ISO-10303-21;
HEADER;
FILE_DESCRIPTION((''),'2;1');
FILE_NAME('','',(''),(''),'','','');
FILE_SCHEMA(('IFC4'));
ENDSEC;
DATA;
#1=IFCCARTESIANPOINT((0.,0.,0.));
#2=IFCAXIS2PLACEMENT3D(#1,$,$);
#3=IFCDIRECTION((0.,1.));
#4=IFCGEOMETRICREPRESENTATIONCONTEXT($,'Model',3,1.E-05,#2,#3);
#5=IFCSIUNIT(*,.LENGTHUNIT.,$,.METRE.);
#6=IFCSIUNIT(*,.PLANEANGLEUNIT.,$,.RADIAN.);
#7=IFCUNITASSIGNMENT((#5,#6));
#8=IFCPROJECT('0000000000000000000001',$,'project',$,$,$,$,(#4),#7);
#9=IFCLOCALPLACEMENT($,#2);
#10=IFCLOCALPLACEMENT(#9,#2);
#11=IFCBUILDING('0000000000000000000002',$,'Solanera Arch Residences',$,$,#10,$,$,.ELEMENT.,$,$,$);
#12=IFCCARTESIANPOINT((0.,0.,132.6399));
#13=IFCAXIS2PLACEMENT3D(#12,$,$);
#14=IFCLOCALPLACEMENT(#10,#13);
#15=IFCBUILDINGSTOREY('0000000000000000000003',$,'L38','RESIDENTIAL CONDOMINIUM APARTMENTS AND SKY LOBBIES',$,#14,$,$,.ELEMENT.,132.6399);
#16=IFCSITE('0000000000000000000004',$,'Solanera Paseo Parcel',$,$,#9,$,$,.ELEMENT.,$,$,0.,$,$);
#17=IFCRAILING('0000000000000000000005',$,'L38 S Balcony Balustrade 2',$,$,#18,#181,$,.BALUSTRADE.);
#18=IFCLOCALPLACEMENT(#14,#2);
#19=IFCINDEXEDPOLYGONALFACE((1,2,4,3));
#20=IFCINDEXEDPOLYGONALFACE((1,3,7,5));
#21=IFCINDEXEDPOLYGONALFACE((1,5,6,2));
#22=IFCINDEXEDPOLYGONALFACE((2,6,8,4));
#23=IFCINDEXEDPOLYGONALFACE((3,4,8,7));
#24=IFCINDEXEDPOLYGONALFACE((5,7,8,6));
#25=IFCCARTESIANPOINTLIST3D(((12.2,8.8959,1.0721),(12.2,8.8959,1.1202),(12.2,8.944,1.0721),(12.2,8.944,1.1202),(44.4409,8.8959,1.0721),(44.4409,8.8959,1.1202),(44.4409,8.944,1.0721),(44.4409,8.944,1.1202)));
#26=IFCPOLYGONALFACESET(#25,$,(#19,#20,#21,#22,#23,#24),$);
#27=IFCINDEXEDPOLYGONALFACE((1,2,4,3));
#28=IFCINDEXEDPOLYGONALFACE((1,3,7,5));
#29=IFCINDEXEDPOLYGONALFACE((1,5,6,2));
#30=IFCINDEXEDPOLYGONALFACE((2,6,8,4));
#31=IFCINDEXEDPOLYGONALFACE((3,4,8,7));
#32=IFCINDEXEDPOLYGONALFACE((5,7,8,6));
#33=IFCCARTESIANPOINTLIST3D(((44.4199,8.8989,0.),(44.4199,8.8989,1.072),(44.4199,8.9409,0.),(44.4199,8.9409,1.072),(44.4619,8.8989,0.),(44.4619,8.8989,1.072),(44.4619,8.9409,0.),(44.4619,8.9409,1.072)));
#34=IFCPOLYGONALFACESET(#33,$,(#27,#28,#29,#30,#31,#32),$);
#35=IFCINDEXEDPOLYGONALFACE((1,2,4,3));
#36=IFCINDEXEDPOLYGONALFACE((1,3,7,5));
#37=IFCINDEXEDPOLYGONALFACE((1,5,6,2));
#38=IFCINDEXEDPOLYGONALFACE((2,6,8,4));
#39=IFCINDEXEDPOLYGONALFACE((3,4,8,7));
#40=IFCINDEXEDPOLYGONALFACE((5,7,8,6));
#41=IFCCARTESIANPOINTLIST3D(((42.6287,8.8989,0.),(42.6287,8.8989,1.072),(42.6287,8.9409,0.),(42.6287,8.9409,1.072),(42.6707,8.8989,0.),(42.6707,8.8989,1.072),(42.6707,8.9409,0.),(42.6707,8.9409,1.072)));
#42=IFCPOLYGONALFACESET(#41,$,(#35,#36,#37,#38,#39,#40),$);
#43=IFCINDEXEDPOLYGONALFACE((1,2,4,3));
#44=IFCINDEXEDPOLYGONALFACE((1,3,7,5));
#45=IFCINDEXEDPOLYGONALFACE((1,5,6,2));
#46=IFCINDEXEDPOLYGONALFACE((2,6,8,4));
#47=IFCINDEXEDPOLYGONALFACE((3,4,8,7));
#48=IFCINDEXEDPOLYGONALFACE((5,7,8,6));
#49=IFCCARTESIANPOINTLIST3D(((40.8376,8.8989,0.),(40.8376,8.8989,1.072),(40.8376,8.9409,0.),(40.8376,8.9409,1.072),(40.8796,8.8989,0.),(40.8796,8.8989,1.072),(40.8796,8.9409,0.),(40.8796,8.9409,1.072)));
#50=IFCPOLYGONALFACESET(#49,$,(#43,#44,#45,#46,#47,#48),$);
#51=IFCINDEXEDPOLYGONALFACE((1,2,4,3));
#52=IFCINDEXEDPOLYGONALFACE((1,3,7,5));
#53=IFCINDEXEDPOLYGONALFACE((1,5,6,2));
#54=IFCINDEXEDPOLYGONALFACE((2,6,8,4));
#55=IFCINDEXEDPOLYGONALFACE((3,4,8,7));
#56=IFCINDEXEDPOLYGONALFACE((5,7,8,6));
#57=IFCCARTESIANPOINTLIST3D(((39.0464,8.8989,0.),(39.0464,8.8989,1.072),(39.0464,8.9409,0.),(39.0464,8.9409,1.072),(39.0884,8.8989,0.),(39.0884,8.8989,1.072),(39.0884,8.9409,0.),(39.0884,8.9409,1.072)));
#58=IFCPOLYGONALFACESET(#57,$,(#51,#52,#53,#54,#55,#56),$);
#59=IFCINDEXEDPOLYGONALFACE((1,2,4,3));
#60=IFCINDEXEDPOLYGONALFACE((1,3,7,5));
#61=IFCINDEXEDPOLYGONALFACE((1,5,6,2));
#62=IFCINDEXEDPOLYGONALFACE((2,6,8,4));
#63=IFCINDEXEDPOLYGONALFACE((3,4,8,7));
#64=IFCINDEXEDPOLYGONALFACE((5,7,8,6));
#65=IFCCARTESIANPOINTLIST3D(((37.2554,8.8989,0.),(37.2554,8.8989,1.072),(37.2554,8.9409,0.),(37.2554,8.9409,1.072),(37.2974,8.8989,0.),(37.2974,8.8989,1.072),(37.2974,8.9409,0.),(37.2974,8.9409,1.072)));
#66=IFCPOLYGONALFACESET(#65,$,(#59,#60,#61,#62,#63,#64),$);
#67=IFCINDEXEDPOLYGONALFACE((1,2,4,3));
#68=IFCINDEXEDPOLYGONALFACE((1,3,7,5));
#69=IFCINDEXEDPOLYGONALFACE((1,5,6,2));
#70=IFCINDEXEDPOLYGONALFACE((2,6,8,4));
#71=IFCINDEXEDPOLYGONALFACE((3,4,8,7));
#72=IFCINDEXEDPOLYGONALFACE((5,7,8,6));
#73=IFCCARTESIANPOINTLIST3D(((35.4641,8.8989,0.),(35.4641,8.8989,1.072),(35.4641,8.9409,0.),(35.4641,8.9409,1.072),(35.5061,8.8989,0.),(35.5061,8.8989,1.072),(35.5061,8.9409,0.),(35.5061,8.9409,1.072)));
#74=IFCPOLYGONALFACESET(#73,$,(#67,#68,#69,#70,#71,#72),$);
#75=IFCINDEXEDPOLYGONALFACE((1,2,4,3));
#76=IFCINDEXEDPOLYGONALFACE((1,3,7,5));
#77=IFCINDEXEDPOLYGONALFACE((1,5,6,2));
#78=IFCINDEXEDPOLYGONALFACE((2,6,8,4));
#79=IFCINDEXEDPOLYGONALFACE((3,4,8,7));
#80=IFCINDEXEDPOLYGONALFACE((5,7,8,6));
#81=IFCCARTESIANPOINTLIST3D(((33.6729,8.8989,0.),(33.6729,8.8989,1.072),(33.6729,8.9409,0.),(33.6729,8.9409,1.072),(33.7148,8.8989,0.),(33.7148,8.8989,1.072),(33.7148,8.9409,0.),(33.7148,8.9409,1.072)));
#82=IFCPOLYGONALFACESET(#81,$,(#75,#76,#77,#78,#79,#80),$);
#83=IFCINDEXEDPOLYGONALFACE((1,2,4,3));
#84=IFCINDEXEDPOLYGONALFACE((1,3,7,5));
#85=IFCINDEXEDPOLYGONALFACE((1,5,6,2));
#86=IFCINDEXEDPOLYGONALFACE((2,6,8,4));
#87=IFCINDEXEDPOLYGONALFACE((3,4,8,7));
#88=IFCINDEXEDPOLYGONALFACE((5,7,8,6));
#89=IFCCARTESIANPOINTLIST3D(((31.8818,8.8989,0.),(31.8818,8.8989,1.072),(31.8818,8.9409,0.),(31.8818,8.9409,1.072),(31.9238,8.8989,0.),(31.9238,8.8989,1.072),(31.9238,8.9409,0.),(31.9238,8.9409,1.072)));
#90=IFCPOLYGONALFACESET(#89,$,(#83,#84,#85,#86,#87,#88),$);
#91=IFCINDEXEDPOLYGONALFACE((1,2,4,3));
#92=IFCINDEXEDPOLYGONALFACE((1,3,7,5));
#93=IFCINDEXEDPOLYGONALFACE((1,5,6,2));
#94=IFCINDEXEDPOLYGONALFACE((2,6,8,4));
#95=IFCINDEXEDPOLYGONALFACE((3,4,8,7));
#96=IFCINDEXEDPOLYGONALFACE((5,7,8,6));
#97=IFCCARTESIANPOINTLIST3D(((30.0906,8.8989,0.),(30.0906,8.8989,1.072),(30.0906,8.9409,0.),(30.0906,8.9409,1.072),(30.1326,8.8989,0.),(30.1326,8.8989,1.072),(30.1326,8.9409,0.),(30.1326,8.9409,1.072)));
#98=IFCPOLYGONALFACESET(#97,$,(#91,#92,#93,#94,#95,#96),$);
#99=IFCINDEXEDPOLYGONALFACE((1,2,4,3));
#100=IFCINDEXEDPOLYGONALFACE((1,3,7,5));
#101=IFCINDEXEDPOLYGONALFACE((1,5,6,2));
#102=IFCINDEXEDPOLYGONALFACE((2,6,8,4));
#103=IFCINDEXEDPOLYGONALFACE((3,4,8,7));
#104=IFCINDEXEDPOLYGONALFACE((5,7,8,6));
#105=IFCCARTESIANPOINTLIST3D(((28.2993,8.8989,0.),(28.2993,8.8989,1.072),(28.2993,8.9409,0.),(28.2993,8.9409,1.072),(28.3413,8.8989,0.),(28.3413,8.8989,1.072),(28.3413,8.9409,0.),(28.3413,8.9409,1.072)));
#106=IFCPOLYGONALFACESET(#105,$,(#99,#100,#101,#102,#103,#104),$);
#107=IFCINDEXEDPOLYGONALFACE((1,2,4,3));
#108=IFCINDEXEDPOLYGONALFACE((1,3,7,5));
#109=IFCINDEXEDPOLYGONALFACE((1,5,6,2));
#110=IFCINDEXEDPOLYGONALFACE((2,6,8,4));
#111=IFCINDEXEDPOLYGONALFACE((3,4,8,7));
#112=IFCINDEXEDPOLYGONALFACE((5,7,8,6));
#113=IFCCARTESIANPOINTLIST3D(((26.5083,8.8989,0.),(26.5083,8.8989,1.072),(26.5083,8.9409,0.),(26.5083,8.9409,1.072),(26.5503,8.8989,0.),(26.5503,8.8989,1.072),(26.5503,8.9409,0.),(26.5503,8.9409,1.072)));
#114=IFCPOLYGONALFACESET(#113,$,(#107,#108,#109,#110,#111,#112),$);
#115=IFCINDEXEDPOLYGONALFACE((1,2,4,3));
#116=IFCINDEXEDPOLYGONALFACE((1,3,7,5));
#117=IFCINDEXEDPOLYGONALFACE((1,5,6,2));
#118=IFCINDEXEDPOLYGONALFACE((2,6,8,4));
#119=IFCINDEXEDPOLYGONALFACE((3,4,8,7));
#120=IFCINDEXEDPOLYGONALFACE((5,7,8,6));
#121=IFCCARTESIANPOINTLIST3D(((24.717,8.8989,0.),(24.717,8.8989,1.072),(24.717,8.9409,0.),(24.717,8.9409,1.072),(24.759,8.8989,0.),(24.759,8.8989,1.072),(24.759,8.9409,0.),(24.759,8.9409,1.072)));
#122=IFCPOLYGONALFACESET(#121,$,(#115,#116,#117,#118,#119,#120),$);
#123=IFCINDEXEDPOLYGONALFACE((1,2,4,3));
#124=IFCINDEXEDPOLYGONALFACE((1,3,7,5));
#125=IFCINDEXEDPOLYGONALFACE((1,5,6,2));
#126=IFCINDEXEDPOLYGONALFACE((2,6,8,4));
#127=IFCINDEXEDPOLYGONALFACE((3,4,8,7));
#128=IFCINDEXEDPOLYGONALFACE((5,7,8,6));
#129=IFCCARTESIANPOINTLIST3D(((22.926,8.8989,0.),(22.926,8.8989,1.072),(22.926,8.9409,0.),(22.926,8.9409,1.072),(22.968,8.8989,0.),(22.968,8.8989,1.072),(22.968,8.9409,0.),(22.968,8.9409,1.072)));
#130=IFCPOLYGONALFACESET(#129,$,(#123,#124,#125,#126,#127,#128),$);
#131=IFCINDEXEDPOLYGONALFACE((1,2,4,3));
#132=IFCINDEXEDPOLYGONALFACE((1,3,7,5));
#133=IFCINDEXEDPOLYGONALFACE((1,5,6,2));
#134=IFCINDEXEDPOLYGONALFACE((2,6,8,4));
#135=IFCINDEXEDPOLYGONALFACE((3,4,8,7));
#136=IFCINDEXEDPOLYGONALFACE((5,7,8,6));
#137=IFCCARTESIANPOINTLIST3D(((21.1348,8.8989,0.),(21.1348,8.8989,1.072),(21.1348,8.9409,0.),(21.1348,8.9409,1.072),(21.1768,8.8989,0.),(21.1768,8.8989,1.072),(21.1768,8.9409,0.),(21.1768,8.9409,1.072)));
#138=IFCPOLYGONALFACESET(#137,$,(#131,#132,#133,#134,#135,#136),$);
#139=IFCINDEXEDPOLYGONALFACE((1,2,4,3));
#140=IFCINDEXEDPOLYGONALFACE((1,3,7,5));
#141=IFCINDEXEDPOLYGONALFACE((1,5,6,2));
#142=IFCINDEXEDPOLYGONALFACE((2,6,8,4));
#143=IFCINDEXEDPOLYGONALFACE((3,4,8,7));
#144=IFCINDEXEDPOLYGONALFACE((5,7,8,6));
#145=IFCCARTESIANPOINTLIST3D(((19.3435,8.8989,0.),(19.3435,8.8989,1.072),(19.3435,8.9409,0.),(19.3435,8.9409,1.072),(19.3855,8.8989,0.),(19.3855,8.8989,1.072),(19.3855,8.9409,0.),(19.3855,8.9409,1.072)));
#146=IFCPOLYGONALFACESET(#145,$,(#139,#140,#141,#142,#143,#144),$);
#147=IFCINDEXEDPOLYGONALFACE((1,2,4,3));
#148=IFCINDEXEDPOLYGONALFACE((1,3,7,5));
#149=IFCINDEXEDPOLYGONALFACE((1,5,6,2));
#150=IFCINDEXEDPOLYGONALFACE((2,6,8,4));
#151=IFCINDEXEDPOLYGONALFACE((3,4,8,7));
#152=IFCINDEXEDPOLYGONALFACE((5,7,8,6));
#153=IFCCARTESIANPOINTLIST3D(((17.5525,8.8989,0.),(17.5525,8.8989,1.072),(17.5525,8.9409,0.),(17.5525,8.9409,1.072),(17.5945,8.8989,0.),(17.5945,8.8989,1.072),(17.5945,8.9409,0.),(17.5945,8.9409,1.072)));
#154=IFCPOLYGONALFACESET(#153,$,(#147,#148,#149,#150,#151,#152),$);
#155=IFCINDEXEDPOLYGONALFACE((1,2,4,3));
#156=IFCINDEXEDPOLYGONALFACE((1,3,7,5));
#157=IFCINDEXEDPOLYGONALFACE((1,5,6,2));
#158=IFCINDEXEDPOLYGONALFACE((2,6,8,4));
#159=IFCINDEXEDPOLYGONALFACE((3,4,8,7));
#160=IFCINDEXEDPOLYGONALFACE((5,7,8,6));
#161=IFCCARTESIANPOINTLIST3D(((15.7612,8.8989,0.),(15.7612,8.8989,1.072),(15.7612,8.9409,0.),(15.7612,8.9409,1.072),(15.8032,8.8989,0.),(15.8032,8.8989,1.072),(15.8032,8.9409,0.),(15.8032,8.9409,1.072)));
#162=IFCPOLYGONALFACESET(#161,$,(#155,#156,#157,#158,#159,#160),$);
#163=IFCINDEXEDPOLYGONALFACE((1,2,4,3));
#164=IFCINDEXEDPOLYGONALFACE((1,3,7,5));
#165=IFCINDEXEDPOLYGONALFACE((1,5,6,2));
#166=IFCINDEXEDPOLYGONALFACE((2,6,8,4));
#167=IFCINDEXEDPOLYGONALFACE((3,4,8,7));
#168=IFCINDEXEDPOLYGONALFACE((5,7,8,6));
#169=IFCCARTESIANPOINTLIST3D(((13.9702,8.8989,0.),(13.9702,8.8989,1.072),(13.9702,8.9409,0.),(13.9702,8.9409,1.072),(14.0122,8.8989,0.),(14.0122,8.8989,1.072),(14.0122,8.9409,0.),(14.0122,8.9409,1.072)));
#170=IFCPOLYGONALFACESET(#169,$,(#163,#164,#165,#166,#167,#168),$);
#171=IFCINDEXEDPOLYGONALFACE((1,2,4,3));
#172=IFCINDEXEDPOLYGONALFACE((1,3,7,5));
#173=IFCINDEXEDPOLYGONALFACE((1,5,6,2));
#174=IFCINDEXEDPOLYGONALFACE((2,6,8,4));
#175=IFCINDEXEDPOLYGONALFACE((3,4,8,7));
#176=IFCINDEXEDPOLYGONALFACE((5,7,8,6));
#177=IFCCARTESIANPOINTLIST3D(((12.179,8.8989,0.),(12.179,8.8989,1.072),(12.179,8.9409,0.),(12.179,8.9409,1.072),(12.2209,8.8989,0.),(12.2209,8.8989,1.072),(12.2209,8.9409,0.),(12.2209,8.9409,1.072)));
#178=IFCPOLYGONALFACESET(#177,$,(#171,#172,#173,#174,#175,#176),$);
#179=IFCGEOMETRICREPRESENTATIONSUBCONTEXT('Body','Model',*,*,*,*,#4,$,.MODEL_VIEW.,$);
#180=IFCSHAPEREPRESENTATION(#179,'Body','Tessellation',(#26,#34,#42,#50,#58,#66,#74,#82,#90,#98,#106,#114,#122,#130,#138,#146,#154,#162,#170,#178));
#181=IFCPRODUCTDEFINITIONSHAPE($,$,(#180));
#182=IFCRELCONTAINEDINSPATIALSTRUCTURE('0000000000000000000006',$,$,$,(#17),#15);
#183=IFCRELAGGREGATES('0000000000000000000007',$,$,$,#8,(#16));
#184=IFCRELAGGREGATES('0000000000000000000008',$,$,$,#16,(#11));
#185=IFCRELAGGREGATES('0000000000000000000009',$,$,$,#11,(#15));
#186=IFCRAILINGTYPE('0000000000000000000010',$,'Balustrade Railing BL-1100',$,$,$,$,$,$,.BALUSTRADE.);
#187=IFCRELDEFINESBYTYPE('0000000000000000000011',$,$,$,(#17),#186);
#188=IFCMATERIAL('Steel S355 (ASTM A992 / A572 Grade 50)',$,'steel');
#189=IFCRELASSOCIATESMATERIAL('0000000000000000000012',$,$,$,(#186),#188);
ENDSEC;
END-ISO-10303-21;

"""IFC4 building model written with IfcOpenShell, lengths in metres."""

from ifc_helpers import new_model, si_unit, direction, frame, origin, origin_2d, place, context, subcontext, project, spatial, rectangle, extrude, material, type_object, element, save


model = new_model("IFC4")

# Units and contexts
model_context = context("Model", 3, precision=1e-05, world=origin(), true_north=direction((0.0, 1.0)))
body_context = subcontext(model_context, "Body", "Model", "MODEL_VIEW")
ifc_project = project(units=[si_unit("LENGTHUNIT", "METRE"), si_unit("PLANEANGLEUNIT", "RADIAN")], contexts=[model_context])

# Site, building, storey
site_placement = place(None, origin())
site = spatial("IfcSite", under=ifc_project, at=site_placement, Name="Solanera Paseo Parcel", CompositionType="ELEMENT", RefElevation=0.0)
building_placement = place(site_placement, origin())
building = spatial("IfcBuilding", under=site, at=building_placement, Name="Solanera Arch Residences", CompositionType="ELEMENT")
storey_placement = place(building_placement, frame((0.0, 0.0, 132.6399)))
storey = spatial("IfcBuildingStorey", under=building, at=storey_placement, Name="L38", Description="RESIDENTIAL CONDOMINIUM APARTMENTS AND SKY LOBBIES", CompositionType="ELEMENT", Elevation=132.6399)

# Railing
ifc_material_1 = material(Name="Steel S355 (ASTM A992 / A572 Grade 50)", Category="steel")
railing_type = type_object("IfcRailingType", Name="Balustrade Railing BL-1100", PredefinedType="BALUSTRADE", material=ifc_material_1)
railing_placement = place(storey_placement, frame((44.4409, 8.9199, 0.0)))
element("IfcRailing", 1, at=railing_placement, inside=storey, type_object=railing_type, Name="L38 S Balcony Balustrade 2", PredefinedType="BALUSTRADE", context=body_context, shape_type="SweptSolid", body=[
    extrude(rectangle(XDim=0.0481, YDim=0.0481, at=origin_2d()), frame((0.0, 0.0, 1.0962), z_axis=(-1.0, 0.0, 0.0), x_axis=(0.0, -1.0, 0.0)), (0.0, 0.0, 1.0), 32.241),
    extrude(rectangle(XDim=0.042, YDim=0.042, at=origin_2d()), origin(), (0.0, 0.0, 1.0), 1.072),
    extrude(rectangle(XDim=0.042, YDim=0.042, at=origin_2d()), frame((-1.7913, 0.0, 0.0)), (0.0, 0.0, 1.0), 1.072),
    extrude(rectangle(XDim=0.042, YDim=0.042, at=origin_2d()), frame((-3.5823, 0.0, 0.0)), (0.0, 0.0, 1.0), 1.072),
    extrude(rectangle(XDim=0.042, YDim=0.042, at=origin_2d()), frame((-5.3735, 0.0, 0.0)), (0.0, 0.0, 1.0), 1.072),
    extrude(rectangle(XDim=0.042, YDim=0.042, at=origin_2d()), frame((-7.1646, 0.0, 0.0)), (0.0, 0.0, 1.0), 1.072),
    extrude(rectangle(XDim=0.042, YDim=0.042, at=origin_2d()), frame((-8.9558, 0.0, 0.0)), (0.0, 0.0, 1.0), 1.072),
    extrude(rectangle(XDim=0.042, YDim=0.042, at=origin_2d()), frame((-10.7471, 0.0, 0.0)), (0.0, 0.0, 1.0), 1.072),
    extrude(rectangle(XDim=0.042, YDim=0.042, at=origin_2d()), frame((-12.5381, 0.0, 0.0)), (0.0, 0.0, 1.0), 1.072),
    extrude(rectangle(XDim=0.042, YDim=0.042, at=origin_2d()), frame((-14.3293, 0.0, 0.0)), (0.0, 0.0, 1.0), 1.072),
    extrude(rectangle(XDim=0.042, YDim=0.042, at=origin_2d()), frame((-16.1206, 0.0, 0.0)), (0.0, 0.0, 1.0), 1.072),
    extrude(rectangle(XDim=0.042, YDim=0.042, at=origin_2d()), frame((-17.9116, 0.0, 0.0)), (0.0, 0.0, 1.0), 1.072),
    extrude(rectangle(XDim=0.042, YDim=0.042, at=origin_2d()), frame((-19.7029, 0.0, 0.0)), (0.0, 0.0, 1.0), 1.072),
    extrude(rectangle(XDim=0.042, YDim=0.042, at=origin_2d()), frame((-21.4939, 0.0, 0.0)), (0.0, 0.0, 1.0), 1.072),
    extrude(rectangle(XDim=0.042, YDim=0.042, at=origin_2d()), frame((-23.2852, 0.0, 0.0)), (0.0, 0.0, 1.0), 1.072),
    extrude(rectangle(XDim=0.042, YDim=0.042, at=origin_2d()), frame((-25.0764, 0.0, 0.0)), (0.0, 0.0, 1.0), 1.072),
    extrude(rectangle(XDim=0.042, YDim=0.042, at=origin_2d()), frame((-26.8674, 0.0, 0.0)), (0.0, 0.0, 1.0), 1.072),
    extrude(rectangle(XDim=0.042, YDim=0.042, at=origin_2d()), frame((-28.6587, 0.0, 0.0)), (0.0, 0.0, 1.0), 1.072),
    extrude(rectangle(XDim=0.042, YDim=0.042, at=origin_2d()), frame((-30.4497, 0.0, 0.0)), (0.0, 0.0, 1.0), 1.072),
    extrude(rectangle(XDim=0.042, YDim=0.042, at=origin_2d()), frame((-32.241, 0.0, 0.0)), (0.0, 0.0, 1.0), 1.072),
])

save(model, "model.ifc")
